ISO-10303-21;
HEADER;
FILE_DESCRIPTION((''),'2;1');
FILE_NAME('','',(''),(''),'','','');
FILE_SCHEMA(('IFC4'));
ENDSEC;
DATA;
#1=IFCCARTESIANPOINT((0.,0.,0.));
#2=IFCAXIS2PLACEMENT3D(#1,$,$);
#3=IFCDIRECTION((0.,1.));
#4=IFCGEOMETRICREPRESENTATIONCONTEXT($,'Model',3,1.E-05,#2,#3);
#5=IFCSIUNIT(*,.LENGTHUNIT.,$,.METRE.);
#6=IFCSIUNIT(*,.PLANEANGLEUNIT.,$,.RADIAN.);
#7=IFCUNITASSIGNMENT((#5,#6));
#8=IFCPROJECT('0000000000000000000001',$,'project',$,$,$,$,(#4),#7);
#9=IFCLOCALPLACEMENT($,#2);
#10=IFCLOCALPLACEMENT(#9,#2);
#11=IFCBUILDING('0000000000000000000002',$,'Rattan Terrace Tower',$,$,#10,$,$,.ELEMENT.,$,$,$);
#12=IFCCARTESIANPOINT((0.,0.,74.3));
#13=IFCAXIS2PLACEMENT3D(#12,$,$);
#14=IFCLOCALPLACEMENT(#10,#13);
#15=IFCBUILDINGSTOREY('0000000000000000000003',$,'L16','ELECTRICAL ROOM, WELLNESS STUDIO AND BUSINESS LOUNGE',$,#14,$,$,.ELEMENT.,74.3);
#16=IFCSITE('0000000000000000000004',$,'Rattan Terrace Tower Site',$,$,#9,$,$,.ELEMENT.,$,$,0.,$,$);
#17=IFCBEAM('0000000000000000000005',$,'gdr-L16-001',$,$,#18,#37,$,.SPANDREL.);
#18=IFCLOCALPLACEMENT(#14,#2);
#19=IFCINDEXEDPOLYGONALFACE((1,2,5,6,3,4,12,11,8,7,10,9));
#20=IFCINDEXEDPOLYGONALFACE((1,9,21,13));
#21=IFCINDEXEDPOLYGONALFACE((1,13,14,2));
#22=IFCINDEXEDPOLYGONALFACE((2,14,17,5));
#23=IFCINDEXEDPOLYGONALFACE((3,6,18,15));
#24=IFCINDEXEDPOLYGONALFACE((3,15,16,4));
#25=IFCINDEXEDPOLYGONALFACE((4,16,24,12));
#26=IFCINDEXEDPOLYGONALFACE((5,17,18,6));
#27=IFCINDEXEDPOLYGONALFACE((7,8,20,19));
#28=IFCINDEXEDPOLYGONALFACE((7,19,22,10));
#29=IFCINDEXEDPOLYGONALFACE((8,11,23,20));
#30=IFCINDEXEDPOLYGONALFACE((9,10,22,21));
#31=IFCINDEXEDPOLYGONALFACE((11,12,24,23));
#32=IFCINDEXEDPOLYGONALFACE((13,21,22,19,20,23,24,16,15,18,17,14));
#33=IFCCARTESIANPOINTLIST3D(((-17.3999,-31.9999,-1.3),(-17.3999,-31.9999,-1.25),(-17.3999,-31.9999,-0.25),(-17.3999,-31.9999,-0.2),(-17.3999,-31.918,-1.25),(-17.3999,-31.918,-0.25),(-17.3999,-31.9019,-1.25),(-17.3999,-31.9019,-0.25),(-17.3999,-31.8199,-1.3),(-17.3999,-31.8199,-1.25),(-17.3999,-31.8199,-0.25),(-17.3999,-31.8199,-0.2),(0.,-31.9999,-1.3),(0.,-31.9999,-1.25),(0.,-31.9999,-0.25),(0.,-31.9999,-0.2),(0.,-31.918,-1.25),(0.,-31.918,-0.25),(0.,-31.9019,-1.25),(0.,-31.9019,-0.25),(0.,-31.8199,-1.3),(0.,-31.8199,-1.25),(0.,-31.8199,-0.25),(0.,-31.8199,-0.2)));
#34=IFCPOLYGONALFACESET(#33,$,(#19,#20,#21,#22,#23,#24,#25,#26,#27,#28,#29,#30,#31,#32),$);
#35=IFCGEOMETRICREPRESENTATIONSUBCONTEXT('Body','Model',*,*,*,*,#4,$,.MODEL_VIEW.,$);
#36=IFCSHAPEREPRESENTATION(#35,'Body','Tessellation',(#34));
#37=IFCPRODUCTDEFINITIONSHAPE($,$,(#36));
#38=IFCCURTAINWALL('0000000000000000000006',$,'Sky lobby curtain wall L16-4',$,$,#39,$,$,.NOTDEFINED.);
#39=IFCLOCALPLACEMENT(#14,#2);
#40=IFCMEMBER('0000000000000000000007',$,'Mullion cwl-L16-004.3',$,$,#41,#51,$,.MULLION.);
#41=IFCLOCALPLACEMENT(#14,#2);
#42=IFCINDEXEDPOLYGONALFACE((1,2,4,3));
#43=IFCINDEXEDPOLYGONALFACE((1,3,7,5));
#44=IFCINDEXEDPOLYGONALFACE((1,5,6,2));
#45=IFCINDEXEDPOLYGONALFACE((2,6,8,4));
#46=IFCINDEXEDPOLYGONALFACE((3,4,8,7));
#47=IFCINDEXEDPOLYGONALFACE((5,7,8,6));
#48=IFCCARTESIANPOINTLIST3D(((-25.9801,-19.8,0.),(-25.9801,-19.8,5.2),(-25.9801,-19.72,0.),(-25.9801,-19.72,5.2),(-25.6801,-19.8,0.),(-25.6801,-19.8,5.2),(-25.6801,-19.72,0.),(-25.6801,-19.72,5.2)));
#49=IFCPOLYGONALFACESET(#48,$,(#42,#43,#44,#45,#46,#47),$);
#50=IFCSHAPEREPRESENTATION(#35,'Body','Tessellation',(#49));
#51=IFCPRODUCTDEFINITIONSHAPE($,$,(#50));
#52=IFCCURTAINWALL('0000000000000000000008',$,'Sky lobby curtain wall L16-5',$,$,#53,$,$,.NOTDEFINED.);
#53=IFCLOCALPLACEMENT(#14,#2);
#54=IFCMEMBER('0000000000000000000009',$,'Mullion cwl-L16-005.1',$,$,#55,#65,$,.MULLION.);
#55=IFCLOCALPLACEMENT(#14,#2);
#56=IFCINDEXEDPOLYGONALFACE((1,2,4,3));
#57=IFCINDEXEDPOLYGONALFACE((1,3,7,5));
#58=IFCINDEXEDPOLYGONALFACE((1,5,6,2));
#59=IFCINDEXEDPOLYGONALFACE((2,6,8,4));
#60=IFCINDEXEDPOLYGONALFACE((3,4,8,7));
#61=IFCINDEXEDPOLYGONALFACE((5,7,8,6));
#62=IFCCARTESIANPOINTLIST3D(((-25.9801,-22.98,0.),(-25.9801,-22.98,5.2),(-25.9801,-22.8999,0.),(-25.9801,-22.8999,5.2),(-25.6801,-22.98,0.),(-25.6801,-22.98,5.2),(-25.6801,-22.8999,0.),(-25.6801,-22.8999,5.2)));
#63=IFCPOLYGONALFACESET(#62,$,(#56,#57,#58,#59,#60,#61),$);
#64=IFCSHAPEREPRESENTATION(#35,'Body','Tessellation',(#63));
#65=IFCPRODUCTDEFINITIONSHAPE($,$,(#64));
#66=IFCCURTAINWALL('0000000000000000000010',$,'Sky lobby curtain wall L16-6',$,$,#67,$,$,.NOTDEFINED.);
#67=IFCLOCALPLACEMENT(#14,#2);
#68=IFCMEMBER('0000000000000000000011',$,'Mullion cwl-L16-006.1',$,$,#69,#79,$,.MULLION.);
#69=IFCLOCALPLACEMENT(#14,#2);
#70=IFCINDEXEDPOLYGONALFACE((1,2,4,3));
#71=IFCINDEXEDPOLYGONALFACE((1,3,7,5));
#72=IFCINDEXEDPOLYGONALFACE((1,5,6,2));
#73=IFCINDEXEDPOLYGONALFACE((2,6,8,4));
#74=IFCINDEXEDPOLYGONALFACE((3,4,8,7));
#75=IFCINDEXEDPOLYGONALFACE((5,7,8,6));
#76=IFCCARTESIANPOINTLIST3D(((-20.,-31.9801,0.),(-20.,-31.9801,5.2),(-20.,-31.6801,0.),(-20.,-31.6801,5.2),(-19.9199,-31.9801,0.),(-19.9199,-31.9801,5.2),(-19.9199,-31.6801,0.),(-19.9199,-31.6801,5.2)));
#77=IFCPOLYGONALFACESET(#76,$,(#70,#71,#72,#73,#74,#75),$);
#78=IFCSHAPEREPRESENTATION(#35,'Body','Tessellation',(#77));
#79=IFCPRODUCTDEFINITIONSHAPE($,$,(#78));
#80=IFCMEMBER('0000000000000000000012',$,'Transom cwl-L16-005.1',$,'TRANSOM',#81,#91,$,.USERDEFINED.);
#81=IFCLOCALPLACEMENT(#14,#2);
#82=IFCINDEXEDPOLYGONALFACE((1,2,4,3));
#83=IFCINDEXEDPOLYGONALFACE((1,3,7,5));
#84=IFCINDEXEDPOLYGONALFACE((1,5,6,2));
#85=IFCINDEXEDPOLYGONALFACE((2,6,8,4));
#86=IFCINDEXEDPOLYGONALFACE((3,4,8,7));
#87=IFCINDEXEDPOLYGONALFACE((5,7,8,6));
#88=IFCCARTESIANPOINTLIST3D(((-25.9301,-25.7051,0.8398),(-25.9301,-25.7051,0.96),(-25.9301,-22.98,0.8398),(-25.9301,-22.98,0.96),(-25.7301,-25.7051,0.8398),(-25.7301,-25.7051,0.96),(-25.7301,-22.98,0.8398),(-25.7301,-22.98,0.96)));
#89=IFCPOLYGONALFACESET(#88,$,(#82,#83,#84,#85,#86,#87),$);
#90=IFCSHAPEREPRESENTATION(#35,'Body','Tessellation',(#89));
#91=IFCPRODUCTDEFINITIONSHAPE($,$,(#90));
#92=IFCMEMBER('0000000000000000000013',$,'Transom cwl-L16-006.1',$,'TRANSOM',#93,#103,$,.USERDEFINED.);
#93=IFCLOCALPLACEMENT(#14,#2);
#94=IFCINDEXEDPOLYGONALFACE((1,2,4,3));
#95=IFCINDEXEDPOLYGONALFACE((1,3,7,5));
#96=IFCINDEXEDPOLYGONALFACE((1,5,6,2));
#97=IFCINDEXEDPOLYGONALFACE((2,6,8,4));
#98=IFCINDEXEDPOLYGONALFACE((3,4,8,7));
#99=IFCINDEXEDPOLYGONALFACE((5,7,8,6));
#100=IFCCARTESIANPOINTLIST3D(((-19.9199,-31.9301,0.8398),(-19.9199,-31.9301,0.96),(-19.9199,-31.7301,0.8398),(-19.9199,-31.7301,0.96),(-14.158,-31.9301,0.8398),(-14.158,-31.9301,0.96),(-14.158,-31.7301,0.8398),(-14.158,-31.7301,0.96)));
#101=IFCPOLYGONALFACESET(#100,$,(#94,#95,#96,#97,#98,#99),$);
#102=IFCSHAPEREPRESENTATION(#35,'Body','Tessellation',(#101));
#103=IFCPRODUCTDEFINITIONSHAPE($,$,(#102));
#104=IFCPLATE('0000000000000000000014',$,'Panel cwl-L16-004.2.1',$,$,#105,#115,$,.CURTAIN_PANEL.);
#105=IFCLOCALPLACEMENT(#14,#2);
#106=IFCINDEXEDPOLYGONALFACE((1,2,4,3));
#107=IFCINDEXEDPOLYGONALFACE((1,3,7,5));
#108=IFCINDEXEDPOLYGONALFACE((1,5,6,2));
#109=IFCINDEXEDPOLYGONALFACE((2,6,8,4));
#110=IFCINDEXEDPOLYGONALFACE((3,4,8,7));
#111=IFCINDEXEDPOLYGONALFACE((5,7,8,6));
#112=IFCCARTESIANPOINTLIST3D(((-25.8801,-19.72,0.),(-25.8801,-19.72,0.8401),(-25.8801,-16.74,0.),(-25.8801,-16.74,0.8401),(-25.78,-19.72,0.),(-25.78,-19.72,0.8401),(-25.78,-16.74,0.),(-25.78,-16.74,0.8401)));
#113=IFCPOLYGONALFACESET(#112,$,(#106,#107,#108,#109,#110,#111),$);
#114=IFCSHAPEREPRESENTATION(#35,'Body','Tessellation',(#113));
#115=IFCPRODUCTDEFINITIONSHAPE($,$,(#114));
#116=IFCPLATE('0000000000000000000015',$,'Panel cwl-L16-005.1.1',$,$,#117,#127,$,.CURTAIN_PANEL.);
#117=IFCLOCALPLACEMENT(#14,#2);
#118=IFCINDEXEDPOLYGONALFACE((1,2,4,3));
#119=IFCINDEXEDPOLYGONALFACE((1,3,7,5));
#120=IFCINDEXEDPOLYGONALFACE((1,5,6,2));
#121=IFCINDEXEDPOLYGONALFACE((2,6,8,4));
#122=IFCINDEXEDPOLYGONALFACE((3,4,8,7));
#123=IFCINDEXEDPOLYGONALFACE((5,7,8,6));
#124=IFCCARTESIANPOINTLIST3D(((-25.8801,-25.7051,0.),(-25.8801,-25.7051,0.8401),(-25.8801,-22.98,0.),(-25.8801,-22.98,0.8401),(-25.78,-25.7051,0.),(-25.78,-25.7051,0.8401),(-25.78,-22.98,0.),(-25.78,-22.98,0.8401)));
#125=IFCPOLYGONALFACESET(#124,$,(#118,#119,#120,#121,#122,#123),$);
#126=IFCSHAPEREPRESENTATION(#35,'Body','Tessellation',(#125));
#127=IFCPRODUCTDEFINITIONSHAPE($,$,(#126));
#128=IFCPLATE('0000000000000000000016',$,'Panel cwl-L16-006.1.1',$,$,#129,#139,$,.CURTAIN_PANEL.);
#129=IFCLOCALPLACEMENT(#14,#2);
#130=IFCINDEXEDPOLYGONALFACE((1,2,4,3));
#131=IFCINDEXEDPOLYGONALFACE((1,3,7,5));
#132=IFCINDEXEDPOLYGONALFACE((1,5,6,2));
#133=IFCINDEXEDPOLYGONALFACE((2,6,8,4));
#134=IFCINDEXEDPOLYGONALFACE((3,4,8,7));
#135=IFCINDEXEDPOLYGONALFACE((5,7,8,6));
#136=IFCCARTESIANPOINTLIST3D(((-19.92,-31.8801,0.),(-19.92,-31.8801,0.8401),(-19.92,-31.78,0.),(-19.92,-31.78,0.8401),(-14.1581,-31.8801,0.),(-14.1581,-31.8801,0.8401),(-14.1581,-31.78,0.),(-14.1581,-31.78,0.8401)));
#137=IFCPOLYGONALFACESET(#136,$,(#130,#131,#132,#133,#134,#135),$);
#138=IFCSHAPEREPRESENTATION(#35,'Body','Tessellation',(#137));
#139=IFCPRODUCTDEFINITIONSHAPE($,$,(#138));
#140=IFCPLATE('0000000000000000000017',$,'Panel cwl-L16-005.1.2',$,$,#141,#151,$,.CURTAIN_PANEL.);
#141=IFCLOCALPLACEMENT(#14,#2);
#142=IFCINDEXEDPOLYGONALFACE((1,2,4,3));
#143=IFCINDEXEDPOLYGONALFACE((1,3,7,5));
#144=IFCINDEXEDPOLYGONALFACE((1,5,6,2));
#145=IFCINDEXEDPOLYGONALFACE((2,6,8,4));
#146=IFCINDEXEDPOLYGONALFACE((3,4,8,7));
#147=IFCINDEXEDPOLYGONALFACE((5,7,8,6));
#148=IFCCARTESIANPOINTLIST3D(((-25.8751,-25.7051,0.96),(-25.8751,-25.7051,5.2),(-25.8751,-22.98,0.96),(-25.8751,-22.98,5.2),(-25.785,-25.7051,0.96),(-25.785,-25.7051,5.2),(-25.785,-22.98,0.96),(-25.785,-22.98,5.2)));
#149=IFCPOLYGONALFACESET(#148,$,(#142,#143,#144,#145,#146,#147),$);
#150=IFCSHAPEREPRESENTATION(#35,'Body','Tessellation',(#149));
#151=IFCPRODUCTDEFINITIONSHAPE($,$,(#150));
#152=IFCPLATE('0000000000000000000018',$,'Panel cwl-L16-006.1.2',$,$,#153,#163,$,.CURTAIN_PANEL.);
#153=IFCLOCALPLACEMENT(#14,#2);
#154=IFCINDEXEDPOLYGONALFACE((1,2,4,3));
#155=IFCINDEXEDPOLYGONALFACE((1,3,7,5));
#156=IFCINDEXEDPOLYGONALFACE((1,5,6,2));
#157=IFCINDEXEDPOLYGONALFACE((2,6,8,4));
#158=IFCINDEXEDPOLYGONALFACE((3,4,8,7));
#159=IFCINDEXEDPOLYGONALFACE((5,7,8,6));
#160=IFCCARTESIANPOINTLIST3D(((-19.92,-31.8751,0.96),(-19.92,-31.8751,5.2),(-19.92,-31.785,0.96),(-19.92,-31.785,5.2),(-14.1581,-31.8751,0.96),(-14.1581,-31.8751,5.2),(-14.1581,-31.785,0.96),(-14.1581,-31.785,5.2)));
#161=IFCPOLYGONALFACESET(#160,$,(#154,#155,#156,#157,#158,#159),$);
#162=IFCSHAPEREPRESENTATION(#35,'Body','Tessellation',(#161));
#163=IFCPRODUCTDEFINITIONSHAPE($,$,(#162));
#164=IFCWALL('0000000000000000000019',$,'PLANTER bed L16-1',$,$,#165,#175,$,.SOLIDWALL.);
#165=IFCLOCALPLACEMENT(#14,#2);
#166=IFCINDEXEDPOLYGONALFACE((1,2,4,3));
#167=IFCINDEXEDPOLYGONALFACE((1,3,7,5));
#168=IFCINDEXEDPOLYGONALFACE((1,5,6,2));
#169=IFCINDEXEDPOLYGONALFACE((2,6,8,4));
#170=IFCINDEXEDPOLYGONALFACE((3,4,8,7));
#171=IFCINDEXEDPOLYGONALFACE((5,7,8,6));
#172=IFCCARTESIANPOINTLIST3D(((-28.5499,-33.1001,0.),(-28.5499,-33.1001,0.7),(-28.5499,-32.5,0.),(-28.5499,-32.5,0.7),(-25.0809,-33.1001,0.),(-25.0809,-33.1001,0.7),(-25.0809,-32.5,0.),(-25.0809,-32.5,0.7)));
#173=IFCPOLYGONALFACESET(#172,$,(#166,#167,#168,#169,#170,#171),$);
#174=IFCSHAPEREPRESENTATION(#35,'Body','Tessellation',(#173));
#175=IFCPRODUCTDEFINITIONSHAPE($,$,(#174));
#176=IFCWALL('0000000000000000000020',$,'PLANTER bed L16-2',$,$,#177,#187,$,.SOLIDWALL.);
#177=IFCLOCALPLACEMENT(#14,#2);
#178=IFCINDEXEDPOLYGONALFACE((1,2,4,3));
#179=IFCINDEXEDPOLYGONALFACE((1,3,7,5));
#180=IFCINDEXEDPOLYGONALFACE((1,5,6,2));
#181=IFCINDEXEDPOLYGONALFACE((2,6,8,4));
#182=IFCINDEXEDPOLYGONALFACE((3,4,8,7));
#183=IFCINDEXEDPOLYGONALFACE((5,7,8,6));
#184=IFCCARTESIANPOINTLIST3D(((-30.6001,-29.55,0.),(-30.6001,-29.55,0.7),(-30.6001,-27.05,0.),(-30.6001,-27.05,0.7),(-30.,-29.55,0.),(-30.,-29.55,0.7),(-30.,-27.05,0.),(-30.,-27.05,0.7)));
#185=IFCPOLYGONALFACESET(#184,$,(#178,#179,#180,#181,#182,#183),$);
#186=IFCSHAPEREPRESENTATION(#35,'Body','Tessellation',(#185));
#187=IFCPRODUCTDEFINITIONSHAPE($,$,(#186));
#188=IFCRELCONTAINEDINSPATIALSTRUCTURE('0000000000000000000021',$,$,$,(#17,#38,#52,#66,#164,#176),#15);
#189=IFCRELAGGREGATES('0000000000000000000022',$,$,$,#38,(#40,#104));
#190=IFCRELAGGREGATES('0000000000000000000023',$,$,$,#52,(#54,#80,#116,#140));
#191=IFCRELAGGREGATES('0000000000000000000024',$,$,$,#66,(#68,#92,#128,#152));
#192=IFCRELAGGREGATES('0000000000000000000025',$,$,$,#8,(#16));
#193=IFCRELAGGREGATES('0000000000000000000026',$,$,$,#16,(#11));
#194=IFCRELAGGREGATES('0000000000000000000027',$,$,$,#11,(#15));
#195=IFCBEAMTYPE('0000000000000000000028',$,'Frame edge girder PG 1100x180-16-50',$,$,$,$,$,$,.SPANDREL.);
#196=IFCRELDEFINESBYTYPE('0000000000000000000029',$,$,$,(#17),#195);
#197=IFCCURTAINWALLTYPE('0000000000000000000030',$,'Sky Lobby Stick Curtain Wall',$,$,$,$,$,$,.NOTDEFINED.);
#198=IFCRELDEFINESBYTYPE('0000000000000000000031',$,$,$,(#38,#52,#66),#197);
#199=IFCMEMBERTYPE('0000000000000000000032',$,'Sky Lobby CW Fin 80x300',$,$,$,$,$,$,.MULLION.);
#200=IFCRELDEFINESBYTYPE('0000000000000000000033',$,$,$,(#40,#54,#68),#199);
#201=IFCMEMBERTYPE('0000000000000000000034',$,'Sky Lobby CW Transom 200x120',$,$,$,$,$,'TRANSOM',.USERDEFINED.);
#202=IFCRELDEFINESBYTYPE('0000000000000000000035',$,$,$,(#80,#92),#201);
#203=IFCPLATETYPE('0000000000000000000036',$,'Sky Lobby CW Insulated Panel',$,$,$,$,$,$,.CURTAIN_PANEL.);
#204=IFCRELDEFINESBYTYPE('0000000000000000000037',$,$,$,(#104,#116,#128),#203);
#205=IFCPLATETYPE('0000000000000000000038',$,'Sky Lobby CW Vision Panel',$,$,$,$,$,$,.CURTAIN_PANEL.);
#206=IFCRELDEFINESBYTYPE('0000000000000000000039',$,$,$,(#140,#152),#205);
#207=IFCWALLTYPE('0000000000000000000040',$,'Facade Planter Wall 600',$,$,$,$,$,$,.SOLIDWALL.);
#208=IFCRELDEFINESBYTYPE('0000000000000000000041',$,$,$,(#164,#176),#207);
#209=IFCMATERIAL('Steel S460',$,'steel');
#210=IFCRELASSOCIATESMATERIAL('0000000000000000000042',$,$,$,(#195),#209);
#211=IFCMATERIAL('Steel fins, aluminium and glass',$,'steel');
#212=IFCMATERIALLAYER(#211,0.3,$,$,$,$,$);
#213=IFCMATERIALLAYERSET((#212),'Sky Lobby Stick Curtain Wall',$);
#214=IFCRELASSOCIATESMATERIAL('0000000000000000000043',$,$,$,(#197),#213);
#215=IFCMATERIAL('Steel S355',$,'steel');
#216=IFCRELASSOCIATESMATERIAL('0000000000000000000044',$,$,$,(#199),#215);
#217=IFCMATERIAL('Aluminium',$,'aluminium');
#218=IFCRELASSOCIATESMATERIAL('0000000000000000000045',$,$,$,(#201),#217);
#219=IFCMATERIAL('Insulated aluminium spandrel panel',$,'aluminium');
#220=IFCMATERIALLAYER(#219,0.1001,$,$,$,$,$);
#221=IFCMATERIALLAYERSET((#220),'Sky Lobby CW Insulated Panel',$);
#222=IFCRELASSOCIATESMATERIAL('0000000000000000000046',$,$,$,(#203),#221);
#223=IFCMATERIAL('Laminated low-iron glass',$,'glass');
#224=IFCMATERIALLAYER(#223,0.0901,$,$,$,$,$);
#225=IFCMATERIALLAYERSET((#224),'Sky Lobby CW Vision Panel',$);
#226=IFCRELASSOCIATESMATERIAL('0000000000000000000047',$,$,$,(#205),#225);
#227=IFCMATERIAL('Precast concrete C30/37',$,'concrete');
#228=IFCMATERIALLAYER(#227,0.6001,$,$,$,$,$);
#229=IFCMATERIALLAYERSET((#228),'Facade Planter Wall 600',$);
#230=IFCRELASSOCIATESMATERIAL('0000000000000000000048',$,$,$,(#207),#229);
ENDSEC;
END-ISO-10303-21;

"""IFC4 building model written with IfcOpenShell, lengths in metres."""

from ifc_helpers import new_model, si_unit, direction, frame, frame_2d, origin, origin_2d, place, context, subcontext, project, spatial, rectangle, i_section, extrude, material, layer, layer_set, material_profile, profile_set, type_object, element, aggregate, save


model = new_model("IFC4")

# Units and contexts
model_context = context("Model", 3, precision=1e-05, world=origin(), true_north=direction((0.0, 1.0)))
body_context = subcontext(model_context, "Body", "Model", "MODEL_VIEW")
ifc_project = project(units=[si_unit("LENGTHUNIT", "METRE"), si_unit("PLANEANGLEUNIT", "RADIAN")], contexts=[model_context])

# Site, building, storey
site_placement = place(None, origin())
site = spatial("IfcSite", under=ifc_project, at=site_placement, Name="Rattan Terrace Tower Site", CompositionType="ELEMENT", RefElevation=0.0)
building_placement = place(site_placement, origin())
building = spatial("IfcBuilding", under=site, at=building_placement, Name="Rattan Terrace Tower", CompositionType="ELEMENT")
storey_placement = place(building_placement, frame((0.0, 0.0, 74.3)))
storey = spatial("IfcBuildingStorey", under=building, at=storey_placement, Name="L16", Description="ELECTRICAL ROOM, WELLNESS STUDIO AND BUSINESS LOUNGE", CompositionType="ELEMENT", Elevation=74.3)

# Beam
ifc_material_1 = material(Name="Steel S460", Category="steel")
ifc_material_profile_1 = material_profile(ifc_material_1, i_section(OverallWidth=0.1799, OverallDepth=1.1001, WebThickness=0.0161, FlangeThickness=0.05, at=origin_2d()), Name="PG 1100x180-16-50")
ifc_profile_set_1 = profile_set([ifc_material_profile_1], Name="Steel S460")
beam_type = type_object("IfcBeamType", Name="Frame edge girder PG 1100x180-16-50", PredefinedType="SPANDREL", material=ifc_profile_set_1)
beam_placement = place(storey_placement, frame((-17.3999, -31.9099, -0.75), z_axis=(1.0, 0.0, 0.0), x_axis=(0.0, 1.0, 0.0)))
element("IfcBeam", 1, at=beam_placement, inside=storey, type_object=beam_type, Name="gdr-L16-001", PredefinedType="SPANDREL", context=body_context, shape_type="SweptSolid", body=[
    extrude(i_section(OverallWidth=0.1799, OverallDepth=1.1001, WebThickness=0.0161, FlangeThickness=0.05, at=origin_2d()), origin(), (0.0, 0.0, 1.0), 17.3999),
])

# Curtain walls, members
ifc_material_2 = material(Name="Steel fins, aluminium and glass", Category="steel")
ifc_layer_1 = layer(ifc_material_2, 0.3)
ifc_layer_set_1 = layer_set([ifc_layer_1], Name="Sky Lobby Stick Curtain Wall")
curtain_wall_type = type_object("IfcCurtainWallType", Name="Sky Lobby Stick Curtain Wall", PredefinedType="NOTDEFINED", material=ifc_layer_set_1)
curtain_wall_1_placement = place(storey_placement, origin())
curtain_wall_1 = element("IfcCurtainWall", 2, at=curtain_wall_1_placement, inside=storey, type_object=curtain_wall_type, Name="Sky lobby curtain wall L16-4", PredefinedType="NOTDEFINED")
ifc_material_3 = material(Name="Steel S355", Category="steel")
ifc_material_profile_2 = material_profile(ifc_material_3, rectangle(XDim=0.0801, YDim=0.3, at=origin_2d()), Name="Steel S355 80x300")
ifc_profile_set_2 = profile_set([ifc_material_profile_2], Name="Steel S355")
member_type_1 = type_object("IfcMemberType", Name="Sky Lobby CW Fin 80x300", PredefinedType="MULLION", material=ifc_profile_set_2)
member_1_placement = place(storey_placement, frame((-25.8301, -19.76, 0.0), z_axis=(0.0, 0.0, 1.0), x_axis=(0.0, -1.0, 0.0)))
member_1 = element("IfcMember", 3, at=member_1_placement, type_object=member_type_1, Name="Mullion cwl-L16-004.3", PredefinedType="MULLION", context=body_context, shape_type="SweptSolid", body=[
    extrude(rectangle(XDim=0.0801, YDim=0.3, at=origin_2d()), origin(), (0.0, 0.0, 1.0), 5.2),
])
curtain_wall_2_placement = place(storey_placement, origin())
curtain_wall_2 = element("IfcCurtainWall", 4, at=curtain_wall_2_placement, inside=storey, type_object=curtain_wall_type, Name="Sky lobby curtain wall L16-5", PredefinedType="NOTDEFINED")
member_2_placement = place(storey_placement, frame((-25.8301, -22.9399, 0.0), z_axis=(0.0, 0.0, 1.0), x_axis=(0.0, -1.0, 0.0)))
member_2 = element("IfcMember", 5, at=member_2_placement, type_object=member_type_1, Name="Mullion cwl-L16-005.1", PredefinedType="MULLION", context=body_context, shape_type="SweptSolid", body=[
    extrude(rectangle(XDim=0.0801, YDim=0.3, at=origin_2d()), origin(), (0.0, 0.0, 1.0), 5.2),
])
curtain_wall_3_placement = place(storey_placement, origin())
curtain_wall_3 = element("IfcCurtainWall", 6, at=curtain_wall_3_placement, inside=storey, type_object=curtain_wall_type, Name="Sky lobby curtain wall L16-6", PredefinedType="NOTDEFINED")
member_3_placement = place(storey_placement, frame((-19.96, -31.8301, 0.0), z_axis=(0.0, 0.0, 1.0), x_axis=(1.0, 0.0, 0.0)))
member_3 = element("IfcMember", 7, at=member_3_placement, type_object=member_type_1, Name="Mullion cwl-L16-006.1", PredefinedType="MULLION", context=body_context, shape_type="SweptSolid", body=[
    extrude(rectangle(XDim=0.0801, YDim=0.3, at=origin_2d()), origin(), (0.0, 0.0, 1.0), 5.2),
])

# Members
ifc_material_4 = material(Name="Aluminium", Category="aluminium")
ifc_material_profile_3 = material_profile(ifc_material_4, rectangle(XDim=0.2, YDim=0.1201, at=origin_2d()), Name="Aluminium 200x120")
ifc_profile_set_3 = profile_set([ifc_material_profile_3], Name="Aluminium")
member_type_2 = type_object("IfcMemberType", Name="Sky Lobby CW Transom 200x120", ElementType="TRANSOM", PredefinedType="USERDEFINED", material=ifc_profile_set_3)
member_4_placement = place(storey_placement, frame((-25.8301, -22.98, 0.8999), z_axis=(0.0, -1.0, 0.0), x_axis=(1.0, 0.0, 0.0)))
member_4 = element("IfcMember", 8, at=member_4_placement, type_object=member_type_2, Name="Transom cwl-L16-005.1", ObjectType="TRANSOM", PredefinedType="USERDEFINED", context=body_context, shape_type="SweptSolid", body=[
    extrude(rectangle(XDim=0.2, YDim=0.1201, at=origin_2d()), origin(), (0.0, 0.0, 1.0), 2.7251),
])
member_5_placement = place(storey_placement, frame((-19.9199, -31.8301, 0.8999), z_axis=(1.0, 0.0, 0.0), x_axis=(0.0, 1.0, 0.0)))
member_5 = element("IfcMember", 9, at=member_5_placement, type_object=member_type_2, Name="Transom cwl-L16-006.1", ObjectType="TRANSOM", PredefinedType="USERDEFINED", context=body_context, shape_type="SweptSolid", body=[
    extrude(rectangle(XDim=0.2, YDim=0.1201, at=origin_2d()), origin(), (0.0, 0.0, 1.0), 5.762),
])

# Plates
ifc_material_5 = material(Name="Insulated aluminium spandrel panel", Category="aluminium")
ifc_layer_2 = layer(ifc_material_5, 0.1001)
ifc_layer_set_2 = layer_set([ifc_layer_2], Name="Sky Lobby CW Insulated Panel")
plate_type_1 = type_object("IfcPlateType", Name="Sky Lobby CW Insulated Panel", PredefinedType="CURTAIN_PANEL", material=ifc_layer_set_2)
plate_1_placement = place(storey_placement, frame((-25.8301, -18.23, 0.0), z_axis=(0.0, 0.0, 1.0), x_axis=(0.0, -1.0, 0.0)))
plate_1 = element("IfcPlate", 10, at=plate_1_placement, type_object=plate_type_1, Name="Panel cwl-L16-004.2.1", PredefinedType="CURTAIN_PANEL", context=body_context, shape_type="SweptSolid", body=[
    extrude(rectangle(XDim=2.98, YDim=0.1001, at=origin_2d()), origin(), (0.0, 0.0, 1.0), 0.8401),
])
aggregate(curtain_wall_1, [member_1, plate_1])
plate_2_placement = place(storey_placement, frame((-25.8301, -24.3425, 0.0), z_axis=(0.0, 0.0, 1.0), x_axis=(0.0, -1.0, 0.0)))
plate_2 = element("IfcPlate", 11, at=plate_2_placement, type_object=plate_type_1, Name="Panel cwl-L16-005.1.1", PredefinedType="CURTAIN_PANEL", context=body_context, shape_type="SweptSolid", body=[
    extrude(rectangle(XDim=2.7251, YDim=0.1001, at=origin_2d()), origin(), (0.0, 0.0, 1.0), 0.8401),
])
plate_3_placement = place(storey_placement, frame((-17.0391, -31.8301, 0.0), z_axis=(0.0, 0.0, 1.0), x_axis=(1.0, 0.0, 0.0)))
plate_3 = element("IfcPlate", 12, at=plate_3_placement, type_object=plate_type_1, Name="Panel cwl-L16-006.1.1", PredefinedType="CURTAIN_PANEL", context=body_context, shape_type="SweptSolid", body=[
    extrude(rectangle(XDim=5.762, YDim=0.1001, at=origin_2d()), origin(), (0.0, 0.0, 1.0), 0.8401),
])
ifc_material_6 = material(Name="Laminated low-iron glass", Category="glass")
ifc_layer_3 = layer(ifc_material_6, 0.0901)
ifc_layer_set_3 = layer_set([ifc_layer_3], Name="Sky Lobby CW Vision Panel")
plate_type_2 = type_object("IfcPlateType", Name="Sky Lobby CW Vision Panel", PredefinedType="CURTAIN_PANEL", material=ifc_layer_set_3)
plate_4_placement = place(storey_placement, frame((-25.8301, -24.3425, 0.96), z_axis=(0.0, 0.0, 1.0), x_axis=(0.0, -1.0, 0.0)))
plate_4 = element("IfcPlate", 13, at=plate_4_placement, type_object=plate_type_2, Name="Panel cwl-L16-005.1.2", PredefinedType="CURTAIN_PANEL", context=body_context, shape_type="SweptSolid", body=[
    extrude(rectangle(XDim=2.7251, YDim=0.0901, at=origin_2d()), origin(), (0.0, 0.0, 1.0), 4.24),
])
aggregate(curtain_wall_2, [member_2, member_4, plate_2, plate_4])
plate_5_placement = place(storey_placement, frame((-17.0391, -31.8301, 0.96), z_axis=(0.0, 0.0, 1.0), x_axis=(1.0, 0.0, 0.0)))
plate_5 = element("IfcPlate", 14, at=plate_5_placement, type_object=plate_type_2, Name="Panel cwl-L16-006.1.2", PredefinedType="CURTAIN_PANEL", context=body_context, shape_type="SweptSolid", body=[
    extrude(rectangle(XDim=5.762, YDim=0.0901, at=origin_2d()), origin(), (0.0, 0.0, 1.0), 4.24),
])
aggregate(curtain_wall_3, [member_3, member_5, plate_3, plate_5])

# Walls
ifc_material_7 = material(Name="Precast concrete C30/37", Category="concrete")
ifc_layer_4 = layer(ifc_material_7, 0.6001)
ifc_layer_set_4 = layer_set([ifc_layer_4], Name="Facade Planter Wall 600")
wall_type_1 = type_object("IfcWallType", Name="Facade Planter Wall 600", PredefinedType="SOLIDWALL", material=ifc_layer_set_4)
wall_1_placement = place(storey_placement, frame((-25.0811, -32.8, 0.0), z_axis=(0.0, 0.0, 1.0), x_axis=(-1.0, 0.0, 0.0)))
element("IfcWall", 15, at=wall_1_placement, inside=storey, type_object=wall_type_1, Name="PLANTER bed L16-1", PredefinedType="SOLIDWALL", context=body_context, shape_type="SweptSolid", body=[
    extrude(rectangle(XDim=3.469, YDim=0.6001, at=frame_2d((1.7344, 0.0))), origin(), (0.0, 0.0, 1.0), 0.7),
])
wall_2_placement = place(storey_placement, frame((-30.3, -29.55, 0.0), z_axis=(0.0, 0.0, 1.0), x_axis=(0.0, 1.0, 0.0)))
element("IfcWall", 16, at=wall_2_placement, inside=storey, type_object=wall_type_1, Name="PLANTER bed L16-2", PredefinedType="SOLIDWALL", context=body_context, shape_type="SweptSolid", body=[
    extrude(rectangle(XDim=2.5, YDim=0.6001, at=frame_2d((1.25, 0.0))), origin(), (0.0, 0.0, 1.0), 0.7),
])

save(model, "model.ifc")
